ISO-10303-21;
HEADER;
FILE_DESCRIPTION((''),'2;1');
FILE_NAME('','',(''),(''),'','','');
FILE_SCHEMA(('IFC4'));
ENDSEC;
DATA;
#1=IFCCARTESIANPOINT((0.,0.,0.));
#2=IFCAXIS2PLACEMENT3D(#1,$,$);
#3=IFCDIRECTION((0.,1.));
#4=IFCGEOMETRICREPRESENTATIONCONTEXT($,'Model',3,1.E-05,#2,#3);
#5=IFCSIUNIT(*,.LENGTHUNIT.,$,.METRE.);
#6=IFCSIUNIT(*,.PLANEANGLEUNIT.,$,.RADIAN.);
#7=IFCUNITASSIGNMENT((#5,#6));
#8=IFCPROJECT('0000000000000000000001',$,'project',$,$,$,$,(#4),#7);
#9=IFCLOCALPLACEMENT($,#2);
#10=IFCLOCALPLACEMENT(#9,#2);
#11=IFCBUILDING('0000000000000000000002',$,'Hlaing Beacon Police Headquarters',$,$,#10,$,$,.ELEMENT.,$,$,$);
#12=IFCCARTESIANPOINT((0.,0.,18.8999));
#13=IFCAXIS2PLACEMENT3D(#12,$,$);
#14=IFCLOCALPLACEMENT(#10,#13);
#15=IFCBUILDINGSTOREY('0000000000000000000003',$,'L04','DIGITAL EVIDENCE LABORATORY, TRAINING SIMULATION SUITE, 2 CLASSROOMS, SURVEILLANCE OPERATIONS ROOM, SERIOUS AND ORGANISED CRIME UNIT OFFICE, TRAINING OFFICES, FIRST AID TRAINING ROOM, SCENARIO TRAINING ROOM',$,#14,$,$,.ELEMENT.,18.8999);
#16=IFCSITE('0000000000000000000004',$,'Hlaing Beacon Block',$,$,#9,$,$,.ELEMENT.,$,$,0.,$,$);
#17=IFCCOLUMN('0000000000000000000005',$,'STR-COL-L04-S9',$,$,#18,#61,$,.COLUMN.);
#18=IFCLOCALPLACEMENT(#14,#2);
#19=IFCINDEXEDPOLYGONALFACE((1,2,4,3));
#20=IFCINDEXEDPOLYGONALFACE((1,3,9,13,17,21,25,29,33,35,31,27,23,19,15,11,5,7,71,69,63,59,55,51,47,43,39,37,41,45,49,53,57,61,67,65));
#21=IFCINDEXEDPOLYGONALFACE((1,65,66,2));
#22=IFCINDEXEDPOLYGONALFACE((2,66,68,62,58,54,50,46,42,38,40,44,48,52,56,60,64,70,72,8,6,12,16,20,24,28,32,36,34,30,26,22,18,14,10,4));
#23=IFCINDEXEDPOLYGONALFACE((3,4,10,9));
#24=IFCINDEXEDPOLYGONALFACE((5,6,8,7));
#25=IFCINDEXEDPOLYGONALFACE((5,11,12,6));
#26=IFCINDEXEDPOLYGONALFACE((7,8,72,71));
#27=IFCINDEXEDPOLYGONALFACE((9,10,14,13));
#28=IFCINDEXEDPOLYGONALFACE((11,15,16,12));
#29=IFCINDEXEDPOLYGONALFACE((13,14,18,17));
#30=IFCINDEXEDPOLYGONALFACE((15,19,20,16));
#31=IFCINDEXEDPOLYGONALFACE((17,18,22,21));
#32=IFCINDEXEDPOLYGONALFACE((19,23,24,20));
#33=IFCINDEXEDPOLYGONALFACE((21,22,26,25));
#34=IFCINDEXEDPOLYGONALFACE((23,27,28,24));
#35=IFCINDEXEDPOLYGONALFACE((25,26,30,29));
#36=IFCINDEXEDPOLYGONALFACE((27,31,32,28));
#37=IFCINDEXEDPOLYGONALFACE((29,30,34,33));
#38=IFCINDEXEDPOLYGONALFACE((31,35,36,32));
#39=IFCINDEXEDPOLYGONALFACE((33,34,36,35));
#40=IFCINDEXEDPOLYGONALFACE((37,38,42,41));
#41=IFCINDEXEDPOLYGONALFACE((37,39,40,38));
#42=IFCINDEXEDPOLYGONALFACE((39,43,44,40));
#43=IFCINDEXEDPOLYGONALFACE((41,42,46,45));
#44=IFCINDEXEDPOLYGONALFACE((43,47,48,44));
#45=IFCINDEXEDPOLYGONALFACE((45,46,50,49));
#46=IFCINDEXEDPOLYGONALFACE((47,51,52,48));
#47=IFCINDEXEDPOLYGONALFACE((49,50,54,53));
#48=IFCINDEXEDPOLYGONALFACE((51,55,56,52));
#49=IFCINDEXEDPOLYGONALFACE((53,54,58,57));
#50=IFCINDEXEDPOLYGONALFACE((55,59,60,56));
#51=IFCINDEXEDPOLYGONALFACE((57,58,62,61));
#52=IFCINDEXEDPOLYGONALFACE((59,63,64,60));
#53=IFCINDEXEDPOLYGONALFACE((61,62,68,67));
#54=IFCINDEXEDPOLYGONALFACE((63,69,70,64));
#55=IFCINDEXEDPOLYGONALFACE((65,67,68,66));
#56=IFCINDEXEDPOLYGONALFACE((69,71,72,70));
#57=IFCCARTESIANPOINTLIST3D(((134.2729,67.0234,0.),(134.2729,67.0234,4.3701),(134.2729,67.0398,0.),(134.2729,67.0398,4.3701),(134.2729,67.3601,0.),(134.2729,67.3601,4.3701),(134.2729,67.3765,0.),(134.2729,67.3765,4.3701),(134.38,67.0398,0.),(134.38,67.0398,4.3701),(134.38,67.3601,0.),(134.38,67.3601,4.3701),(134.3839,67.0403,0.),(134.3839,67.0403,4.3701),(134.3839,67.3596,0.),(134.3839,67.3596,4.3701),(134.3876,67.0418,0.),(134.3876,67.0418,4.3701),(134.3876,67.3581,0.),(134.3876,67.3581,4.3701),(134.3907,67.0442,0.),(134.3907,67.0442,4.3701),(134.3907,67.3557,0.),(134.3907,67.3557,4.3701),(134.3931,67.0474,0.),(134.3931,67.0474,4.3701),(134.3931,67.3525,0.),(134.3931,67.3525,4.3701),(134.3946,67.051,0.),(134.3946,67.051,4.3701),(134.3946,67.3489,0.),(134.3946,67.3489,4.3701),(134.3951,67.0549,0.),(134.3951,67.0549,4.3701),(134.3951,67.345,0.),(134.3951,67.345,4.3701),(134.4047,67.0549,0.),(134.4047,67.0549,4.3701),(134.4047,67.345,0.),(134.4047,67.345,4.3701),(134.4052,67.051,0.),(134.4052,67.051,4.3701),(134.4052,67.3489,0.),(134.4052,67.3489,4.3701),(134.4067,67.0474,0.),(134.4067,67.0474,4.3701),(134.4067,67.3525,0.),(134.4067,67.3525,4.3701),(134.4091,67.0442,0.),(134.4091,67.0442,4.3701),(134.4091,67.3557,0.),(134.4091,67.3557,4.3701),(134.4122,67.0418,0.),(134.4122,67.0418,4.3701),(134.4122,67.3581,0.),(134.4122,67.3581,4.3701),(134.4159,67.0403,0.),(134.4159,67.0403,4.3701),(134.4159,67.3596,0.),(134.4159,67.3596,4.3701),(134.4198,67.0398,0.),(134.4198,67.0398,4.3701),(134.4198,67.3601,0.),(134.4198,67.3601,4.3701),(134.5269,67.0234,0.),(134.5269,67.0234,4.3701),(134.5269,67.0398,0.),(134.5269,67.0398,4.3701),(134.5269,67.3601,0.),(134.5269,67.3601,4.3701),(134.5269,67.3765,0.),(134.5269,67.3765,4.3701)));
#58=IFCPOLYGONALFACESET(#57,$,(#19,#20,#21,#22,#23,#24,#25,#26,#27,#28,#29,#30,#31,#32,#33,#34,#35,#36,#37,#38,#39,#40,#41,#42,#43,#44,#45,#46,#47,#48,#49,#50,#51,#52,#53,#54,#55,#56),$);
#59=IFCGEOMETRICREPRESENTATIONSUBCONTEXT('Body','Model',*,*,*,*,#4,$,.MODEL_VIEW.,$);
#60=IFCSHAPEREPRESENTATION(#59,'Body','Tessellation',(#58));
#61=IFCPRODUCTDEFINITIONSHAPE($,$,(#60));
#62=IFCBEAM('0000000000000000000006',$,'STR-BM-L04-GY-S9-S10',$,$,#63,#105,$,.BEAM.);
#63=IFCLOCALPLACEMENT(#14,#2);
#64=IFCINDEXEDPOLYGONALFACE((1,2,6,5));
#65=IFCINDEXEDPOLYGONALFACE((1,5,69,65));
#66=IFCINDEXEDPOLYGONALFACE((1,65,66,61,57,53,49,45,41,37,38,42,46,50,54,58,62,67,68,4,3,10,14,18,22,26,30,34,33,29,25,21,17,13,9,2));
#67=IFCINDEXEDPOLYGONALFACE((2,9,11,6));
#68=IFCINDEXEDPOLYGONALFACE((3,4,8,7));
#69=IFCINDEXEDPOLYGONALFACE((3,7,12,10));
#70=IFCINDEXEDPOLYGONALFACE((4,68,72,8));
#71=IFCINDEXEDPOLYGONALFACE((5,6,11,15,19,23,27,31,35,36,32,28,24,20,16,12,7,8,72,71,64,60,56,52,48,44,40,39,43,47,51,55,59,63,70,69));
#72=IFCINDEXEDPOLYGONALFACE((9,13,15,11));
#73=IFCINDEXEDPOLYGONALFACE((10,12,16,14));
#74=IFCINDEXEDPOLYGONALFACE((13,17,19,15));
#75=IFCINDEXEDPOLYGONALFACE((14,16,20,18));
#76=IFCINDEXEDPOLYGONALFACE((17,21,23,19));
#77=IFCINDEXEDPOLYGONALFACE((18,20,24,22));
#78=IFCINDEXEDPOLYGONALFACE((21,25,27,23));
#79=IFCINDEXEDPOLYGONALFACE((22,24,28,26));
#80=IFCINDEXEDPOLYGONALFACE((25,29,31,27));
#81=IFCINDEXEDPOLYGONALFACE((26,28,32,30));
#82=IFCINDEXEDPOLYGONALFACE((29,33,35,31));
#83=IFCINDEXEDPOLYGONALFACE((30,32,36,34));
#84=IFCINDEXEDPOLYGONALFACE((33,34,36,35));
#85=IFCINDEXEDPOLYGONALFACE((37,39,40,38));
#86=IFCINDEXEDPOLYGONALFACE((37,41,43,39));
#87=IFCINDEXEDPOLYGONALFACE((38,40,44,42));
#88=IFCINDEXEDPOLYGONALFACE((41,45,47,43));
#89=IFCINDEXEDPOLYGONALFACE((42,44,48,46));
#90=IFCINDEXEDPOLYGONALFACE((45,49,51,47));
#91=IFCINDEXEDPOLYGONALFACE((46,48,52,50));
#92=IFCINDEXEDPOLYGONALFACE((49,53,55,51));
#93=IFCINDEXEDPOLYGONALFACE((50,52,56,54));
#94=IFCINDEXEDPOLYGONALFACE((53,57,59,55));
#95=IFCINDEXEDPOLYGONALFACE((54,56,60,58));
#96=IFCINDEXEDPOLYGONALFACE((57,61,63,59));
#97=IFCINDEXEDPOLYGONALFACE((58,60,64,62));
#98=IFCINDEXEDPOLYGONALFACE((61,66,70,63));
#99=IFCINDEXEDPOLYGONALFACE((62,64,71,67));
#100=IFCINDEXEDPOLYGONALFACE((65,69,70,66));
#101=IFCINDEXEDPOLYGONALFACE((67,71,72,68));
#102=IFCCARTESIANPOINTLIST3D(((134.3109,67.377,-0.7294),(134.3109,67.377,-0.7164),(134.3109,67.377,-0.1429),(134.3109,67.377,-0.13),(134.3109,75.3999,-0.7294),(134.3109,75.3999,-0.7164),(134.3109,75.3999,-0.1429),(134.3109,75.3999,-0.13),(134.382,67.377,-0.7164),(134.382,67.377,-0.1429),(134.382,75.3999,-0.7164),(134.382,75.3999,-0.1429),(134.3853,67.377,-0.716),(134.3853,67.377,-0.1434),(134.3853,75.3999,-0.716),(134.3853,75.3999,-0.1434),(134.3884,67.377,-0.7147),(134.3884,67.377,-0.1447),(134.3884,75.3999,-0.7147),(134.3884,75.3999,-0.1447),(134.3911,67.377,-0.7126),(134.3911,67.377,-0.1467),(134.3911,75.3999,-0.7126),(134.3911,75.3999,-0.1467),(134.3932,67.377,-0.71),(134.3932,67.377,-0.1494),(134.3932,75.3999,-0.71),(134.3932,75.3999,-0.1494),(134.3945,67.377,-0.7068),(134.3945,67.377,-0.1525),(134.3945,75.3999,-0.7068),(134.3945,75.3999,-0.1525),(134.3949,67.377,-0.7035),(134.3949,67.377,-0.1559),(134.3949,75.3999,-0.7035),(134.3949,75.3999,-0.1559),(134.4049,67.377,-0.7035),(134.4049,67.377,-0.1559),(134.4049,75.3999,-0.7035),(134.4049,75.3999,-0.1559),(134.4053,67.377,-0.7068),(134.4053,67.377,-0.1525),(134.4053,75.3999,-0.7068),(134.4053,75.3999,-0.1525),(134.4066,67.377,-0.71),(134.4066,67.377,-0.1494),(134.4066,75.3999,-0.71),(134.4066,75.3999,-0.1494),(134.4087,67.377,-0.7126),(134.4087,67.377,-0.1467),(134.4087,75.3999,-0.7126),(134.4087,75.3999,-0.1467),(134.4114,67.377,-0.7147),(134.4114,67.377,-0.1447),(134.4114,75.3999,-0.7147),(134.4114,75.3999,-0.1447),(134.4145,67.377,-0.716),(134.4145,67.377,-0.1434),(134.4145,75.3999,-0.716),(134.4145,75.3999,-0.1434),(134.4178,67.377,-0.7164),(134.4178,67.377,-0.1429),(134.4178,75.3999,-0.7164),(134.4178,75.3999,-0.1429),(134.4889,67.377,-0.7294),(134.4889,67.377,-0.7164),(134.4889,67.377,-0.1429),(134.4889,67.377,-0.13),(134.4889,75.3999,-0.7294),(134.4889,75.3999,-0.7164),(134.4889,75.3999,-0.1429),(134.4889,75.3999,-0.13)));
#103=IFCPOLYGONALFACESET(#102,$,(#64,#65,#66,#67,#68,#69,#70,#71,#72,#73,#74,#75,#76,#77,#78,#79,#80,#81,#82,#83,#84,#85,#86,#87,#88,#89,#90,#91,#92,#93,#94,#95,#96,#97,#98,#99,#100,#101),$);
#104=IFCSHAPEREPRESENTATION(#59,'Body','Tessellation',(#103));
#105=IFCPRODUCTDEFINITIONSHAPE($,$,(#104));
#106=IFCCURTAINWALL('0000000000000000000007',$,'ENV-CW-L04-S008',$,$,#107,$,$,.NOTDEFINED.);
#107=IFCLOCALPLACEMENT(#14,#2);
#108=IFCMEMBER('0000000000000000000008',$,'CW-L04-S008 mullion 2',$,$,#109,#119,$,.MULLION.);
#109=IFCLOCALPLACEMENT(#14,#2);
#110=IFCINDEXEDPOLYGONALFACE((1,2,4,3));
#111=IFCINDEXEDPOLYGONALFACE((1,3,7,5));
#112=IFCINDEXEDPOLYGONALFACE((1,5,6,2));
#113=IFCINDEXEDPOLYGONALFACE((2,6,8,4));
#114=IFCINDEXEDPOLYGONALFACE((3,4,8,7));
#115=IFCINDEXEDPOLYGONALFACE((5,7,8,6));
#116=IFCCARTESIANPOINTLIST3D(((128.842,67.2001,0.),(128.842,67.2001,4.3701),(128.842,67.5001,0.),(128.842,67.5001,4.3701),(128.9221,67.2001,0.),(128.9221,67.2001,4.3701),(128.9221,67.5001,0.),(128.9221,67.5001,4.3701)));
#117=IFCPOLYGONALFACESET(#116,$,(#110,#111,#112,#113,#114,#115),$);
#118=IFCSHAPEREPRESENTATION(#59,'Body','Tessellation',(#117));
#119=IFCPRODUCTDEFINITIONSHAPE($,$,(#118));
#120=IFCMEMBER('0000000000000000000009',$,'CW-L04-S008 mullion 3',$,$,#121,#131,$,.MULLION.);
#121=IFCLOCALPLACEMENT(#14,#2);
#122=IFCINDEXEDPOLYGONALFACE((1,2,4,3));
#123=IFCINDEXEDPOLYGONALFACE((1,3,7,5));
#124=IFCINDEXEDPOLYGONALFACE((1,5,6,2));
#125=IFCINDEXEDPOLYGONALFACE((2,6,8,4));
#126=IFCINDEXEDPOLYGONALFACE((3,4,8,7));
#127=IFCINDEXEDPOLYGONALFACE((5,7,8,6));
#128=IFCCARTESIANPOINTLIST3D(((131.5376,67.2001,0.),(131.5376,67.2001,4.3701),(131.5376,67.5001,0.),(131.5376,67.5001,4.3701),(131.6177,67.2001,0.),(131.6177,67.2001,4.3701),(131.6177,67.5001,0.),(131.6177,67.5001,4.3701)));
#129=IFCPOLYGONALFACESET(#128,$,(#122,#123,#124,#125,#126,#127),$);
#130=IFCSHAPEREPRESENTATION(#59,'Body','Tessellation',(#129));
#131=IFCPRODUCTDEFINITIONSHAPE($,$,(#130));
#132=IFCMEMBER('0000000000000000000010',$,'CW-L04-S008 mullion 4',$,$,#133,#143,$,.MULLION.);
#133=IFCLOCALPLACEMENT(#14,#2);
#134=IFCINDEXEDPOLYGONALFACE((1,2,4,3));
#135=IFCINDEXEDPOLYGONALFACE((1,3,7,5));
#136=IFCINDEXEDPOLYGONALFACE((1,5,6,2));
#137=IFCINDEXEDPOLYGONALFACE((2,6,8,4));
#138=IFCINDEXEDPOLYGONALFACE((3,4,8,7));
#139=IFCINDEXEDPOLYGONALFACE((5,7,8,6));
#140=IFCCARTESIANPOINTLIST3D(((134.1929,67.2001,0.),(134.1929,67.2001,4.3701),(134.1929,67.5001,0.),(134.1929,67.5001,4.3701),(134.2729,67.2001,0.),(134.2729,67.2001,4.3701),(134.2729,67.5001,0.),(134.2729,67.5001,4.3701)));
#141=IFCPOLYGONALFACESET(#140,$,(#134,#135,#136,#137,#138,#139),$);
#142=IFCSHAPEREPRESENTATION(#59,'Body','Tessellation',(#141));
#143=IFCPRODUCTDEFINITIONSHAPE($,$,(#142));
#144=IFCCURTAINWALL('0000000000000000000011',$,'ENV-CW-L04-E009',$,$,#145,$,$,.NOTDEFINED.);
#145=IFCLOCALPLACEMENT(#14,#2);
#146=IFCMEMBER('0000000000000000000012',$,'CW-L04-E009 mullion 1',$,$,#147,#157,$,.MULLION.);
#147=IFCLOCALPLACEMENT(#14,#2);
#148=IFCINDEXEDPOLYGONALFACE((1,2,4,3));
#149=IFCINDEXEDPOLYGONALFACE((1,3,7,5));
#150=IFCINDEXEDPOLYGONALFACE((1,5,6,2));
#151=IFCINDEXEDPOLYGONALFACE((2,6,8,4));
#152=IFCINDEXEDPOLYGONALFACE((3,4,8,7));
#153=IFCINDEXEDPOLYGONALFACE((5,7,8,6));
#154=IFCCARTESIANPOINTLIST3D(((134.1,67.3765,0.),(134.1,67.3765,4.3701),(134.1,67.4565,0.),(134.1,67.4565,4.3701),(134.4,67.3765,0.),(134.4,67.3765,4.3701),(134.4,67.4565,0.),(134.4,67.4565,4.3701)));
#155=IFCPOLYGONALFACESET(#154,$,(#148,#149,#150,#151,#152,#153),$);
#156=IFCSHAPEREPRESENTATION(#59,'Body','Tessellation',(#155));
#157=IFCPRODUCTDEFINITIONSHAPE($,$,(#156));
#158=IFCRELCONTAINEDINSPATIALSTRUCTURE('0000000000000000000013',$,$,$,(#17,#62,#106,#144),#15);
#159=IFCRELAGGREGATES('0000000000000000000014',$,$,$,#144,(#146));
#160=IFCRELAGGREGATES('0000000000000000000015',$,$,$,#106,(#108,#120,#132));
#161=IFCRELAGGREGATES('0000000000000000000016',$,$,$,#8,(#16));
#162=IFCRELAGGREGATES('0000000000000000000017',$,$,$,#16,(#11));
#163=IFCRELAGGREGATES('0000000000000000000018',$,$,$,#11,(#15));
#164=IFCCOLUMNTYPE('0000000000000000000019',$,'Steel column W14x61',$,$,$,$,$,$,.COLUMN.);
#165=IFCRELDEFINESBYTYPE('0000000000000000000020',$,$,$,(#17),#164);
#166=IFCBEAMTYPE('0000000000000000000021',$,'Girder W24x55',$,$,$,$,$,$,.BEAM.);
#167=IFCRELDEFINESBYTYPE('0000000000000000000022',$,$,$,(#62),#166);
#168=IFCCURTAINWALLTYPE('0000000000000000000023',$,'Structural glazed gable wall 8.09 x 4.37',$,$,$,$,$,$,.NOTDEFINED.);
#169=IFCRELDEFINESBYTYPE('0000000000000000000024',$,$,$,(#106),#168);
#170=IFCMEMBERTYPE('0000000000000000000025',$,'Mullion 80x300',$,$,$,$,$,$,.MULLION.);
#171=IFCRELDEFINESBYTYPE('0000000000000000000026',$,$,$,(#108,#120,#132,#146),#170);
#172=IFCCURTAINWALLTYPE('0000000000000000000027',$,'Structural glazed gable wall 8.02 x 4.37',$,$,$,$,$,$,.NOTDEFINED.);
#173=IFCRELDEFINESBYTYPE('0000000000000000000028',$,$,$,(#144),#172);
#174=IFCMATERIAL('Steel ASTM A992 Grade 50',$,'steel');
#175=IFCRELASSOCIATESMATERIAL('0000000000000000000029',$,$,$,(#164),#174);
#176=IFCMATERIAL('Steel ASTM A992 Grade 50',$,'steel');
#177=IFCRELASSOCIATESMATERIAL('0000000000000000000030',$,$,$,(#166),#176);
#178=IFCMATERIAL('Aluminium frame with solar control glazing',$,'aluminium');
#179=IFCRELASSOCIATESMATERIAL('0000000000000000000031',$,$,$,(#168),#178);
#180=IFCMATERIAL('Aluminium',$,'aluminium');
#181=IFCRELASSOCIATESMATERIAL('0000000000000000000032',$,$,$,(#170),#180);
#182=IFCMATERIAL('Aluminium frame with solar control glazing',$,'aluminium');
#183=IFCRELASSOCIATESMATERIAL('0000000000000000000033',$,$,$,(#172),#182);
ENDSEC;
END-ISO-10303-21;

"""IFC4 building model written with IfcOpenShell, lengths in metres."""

from ifc_helpers import new_model, si_unit, direction, frame, origin, origin_2d, place, context, subcontext, project, spatial, rectangle, i_section, extrude, material, material_profile, profile_set, type_object, element, aggregate, save


model = new_model("IFC4")

# Units and contexts
model_context = context("Model", 3, precision=1e-05, world=origin(), true_north=direction((0.0, 1.0)))
body_context = subcontext(model_context, "Body", "Model", "MODEL_VIEW")
ifc_project = project(units=[si_unit("LENGTHUNIT", "METRE"), si_unit("PLANEANGLEUNIT", "RADIAN")], contexts=[model_context])

# Site, building, storey
site_placement = place(None, origin())
site = spatial("IfcSite", under=ifc_project, at=site_placement, Name="Hlaing Beacon Block", CompositionType="ELEMENT", RefElevation=0.0)
building_placement = place(site_placement, origin())
building = spatial("IfcBuilding", under=site, at=building_placement, Name="Hlaing Beacon Police Headquarters", CompositionType="ELEMENT")
storey_placement = place(building_placement, frame((0.0, 0.0, 18.8999)))
storey = spatial("IfcBuildingStorey", under=building, at=storey_placement, Name="L04", Description="DIGITAL EVIDENCE LABORATORY, TRAINING SIMULATION SUITE, 2 CLASSROOMS, SURVEILLANCE OPERATIONS ROOM, SERIOUS AND ORGANISED CRIME UNIT OFFICE, TRAINING OFFICES, FIRST AID TRAINING ROOM, SCENARIO TRAINING ROOM", CompositionType="ELEMENT", Elevation=18.8999)

# Column
ifc_material_1 = material(Name="Steel ASTM A992 Grade 50", Category="steel")
ifc_material_profile_1 = material_profile(ifc_material_1, i_section(OverallWidth=0.2539, OverallDepth=0.353, WebThickness=0.0095, FlangeThickness=0.0164, FilletRadius=0.0151, at=origin_2d()), Name="W14x61")
ifc_profile_set_1 = profile_set([ifc_material_profile_1], Name="Steel ASTM A992 Grade 50")
column_type = type_object("IfcColumnType", Name="Steel column W14x61", PredefinedType="COLUMN", material=ifc_profile_set_1)
column_placement = place(storey_placement, frame((134.3999, 67.2, 0.0), z_axis=(0.0, 0.0, 1.0), x_axis=(1.0, 0.0, 0.0)))
element("IfcColumn", 1, at=column_placement, inside=storey, type_object=column_type, Name="STR-COL-L04-S9", PredefinedType="COLUMN", context=body_context, shape_type="SweptSolid", body=[
    extrude(i_section(OverallWidth=0.2539, OverallDepth=0.353, WebThickness=0.0095, FlangeThickness=0.0164, FilletRadius=0.0151, at=origin_2d()), origin(), (0.0, 0.0, 1.0), 4.3701),
])

# Beam
ifc_material_2 = material(Name="Steel ASTM A992 Grade 50", Category="steel")
ifc_material_profile_2 = material_profile(ifc_material_2, i_section(OverallWidth=0.178, OverallDepth=0.5994, WebThickness=0.01, FlangeThickness=0.0129, FilletRadius=0.0129, at=origin_2d()), Name="W24x55")
ifc_profile_set_2 = profile_set([ifc_material_profile_2], Name="Steel ASTM A992 Grade 50")
beam_type_1 = type_object("IfcBeamType", Name="Girder W24x55", PredefinedType="BEAM", material=ifc_profile_set_2)
beam_placement = place(storey_placement, frame((134.3999, 67.377, -0.4297), z_axis=(0.0, 1.0, 0.0), x_axis=(-1.0, 0.0, 0.0)))
element("IfcBeam", 2, at=beam_placement, inside=storey, type_object=beam_type_1, Name="STR-BM-L04-GY-S9-S10", PredefinedType="BEAM", context=body_context, shape_type="SweptSolid", body=[
    extrude(i_section(OverallWidth=0.178, OverallDepth=0.5994, WebThickness=0.01, FlangeThickness=0.0129, FilletRadius=0.0129, at=origin_2d()), origin(), (0.0, 0.0, 1.0), 8.0229),
])

# Curtain wall, members
ifc_material_3 = material(Name="Aluminium frame with solar control glazing", Category="aluminium")
curtain_wall_type_1 = type_object("IfcCurtainWallType", Name="Structural glazed gable wall 8.09 x 4.37", PredefinedType="NOTDEFINED", material=ifc_material_3)
curtain_wall_1_placement = place(storey_placement, origin())
curtain_wall_1 = element("IfcCurtainWall", 3, at=curtain_wall_1_placement, inside=storey, type_object=curtain_wall_type_1, Name="ENV-CW-L04-S008", PredefinedType="NOTDEFINED")
ifc_material_4 = material(Name="Aluminium", Category="aluminium")
ifc_material_profile_3 = material_profile(ifc_material_4, rectangle(XDim=0.3, YDim=0.0801, at=origin_2d()), Name="Mullion 80x300")
ifc_profile_set_3 = profile_set([ifc_material_profile_3], Name="Aluminium")
member_type_1 = type_object("IfcMemberType", Name="Mullion 80x300", PredefinedType="MULLION", material=ifc_profile_set_3)
member_1_placement = place(storey_placement, frame((128.8821, 67.3501, 0.0), z_axis=(0.0, 0.0, 1.0), x_axis=(0.0, 1.0, 0.0)))
member_1 = element("IfcMember", 4, at=member_1_placement, type_object=member_type_1, Name="CW-L04-S008 mullion 2", PredefinedType="MULLION", context=body_context, shape_type="SweptSolid", body=[
    extrude(rectangle(XDim=0.3, YDim=0.0801, at=origin_2d()), origin(), (0.0, 0.0, 1.0), 4.3701),
])
member_2_placement = place(storey_placement, frame((131.5776, 67.3501, 0.0), z_axis=(0.0, 0.0, 1.0), x_axis=(0.0, 1.0, 0.0)))
member_2 = element("IfcMember", 5, at=member_2_placement, type_object=member_type_1, Name="CW-L04-S008 mullion 3", PredefinedType="MULLION", context=body_context, shape_type="SweptSolid", body=[
    extrude(rectangle(XDim=0.3, YDim=0.0801, at=origin_2d()), origin(), (0.0, 0.0, 1.0), 4.3701),
])
member_3_placement = place(storey_placement, frame((134.2329, 67.3501, 0.0), z_axis=(0.0, 0.0, 1.0), x_axis=(0.0, 1.0, 0.0)))
member_3 = element("IfcMember", 6, at=member_3_placement, type_object=member_type_1, Name="CW-L04-S008 mullion 4", PredefinedType="MULLION", context=body_context, shape_type="SweptSolid", body=[
    extrude(rectangle(XDim=0.3, YDim=0.0801, at=origin_2d()), origin(), (0.0, 0.0, 1.0), 4.3701),
])

# Curtain wall, member
ifc_material_5 = material(Name="Aluminium frame with solar control glazing", Category="aluminium")
curtain_wall_type_2 = type_object("IfcCurtainWallType", Name="Structural glazed gable wall 8.02 x 4.37", PredefinedType="NOTDEFINED", material=ifc_material_5)
curtain_wall_2_placement = place(storey_placement, origin())
curtain_wall_2 = element("IfcCurtainWall", 7, at=curtain_wall_2_placement, inside=storey, type_object=curtain_wall_type_2, Name="ENV-CW-L04-E009", PredefinedType="NOTDEFINED")
member_4_placement = place(storey_placement, frame((134.25, 67.4165, 0.0), z_axis=(0.0, 0.0, 1.0), x_axis=(-1.0, 0.0, 0.0)))
member_4 = element("IfcMember", 8, at=member_4_placement, type_object=member_type_1, Name="CW-L04-E009 mullion 1", PredefinedType="MULLION", context=body_context, shape_type="SweptSolid", body=[
    extrude(rectangle(XDim=0.3, YDim=0.0801, at=origin_2d()), origin(), (0.0, 0.0, 1.0), 4.3701),
])

aggregate(curtain_wall_2, [member_4])
aggregate(curtain_wall_1, [member_1, member_2, member_3])

save(model, "model.ifc")
